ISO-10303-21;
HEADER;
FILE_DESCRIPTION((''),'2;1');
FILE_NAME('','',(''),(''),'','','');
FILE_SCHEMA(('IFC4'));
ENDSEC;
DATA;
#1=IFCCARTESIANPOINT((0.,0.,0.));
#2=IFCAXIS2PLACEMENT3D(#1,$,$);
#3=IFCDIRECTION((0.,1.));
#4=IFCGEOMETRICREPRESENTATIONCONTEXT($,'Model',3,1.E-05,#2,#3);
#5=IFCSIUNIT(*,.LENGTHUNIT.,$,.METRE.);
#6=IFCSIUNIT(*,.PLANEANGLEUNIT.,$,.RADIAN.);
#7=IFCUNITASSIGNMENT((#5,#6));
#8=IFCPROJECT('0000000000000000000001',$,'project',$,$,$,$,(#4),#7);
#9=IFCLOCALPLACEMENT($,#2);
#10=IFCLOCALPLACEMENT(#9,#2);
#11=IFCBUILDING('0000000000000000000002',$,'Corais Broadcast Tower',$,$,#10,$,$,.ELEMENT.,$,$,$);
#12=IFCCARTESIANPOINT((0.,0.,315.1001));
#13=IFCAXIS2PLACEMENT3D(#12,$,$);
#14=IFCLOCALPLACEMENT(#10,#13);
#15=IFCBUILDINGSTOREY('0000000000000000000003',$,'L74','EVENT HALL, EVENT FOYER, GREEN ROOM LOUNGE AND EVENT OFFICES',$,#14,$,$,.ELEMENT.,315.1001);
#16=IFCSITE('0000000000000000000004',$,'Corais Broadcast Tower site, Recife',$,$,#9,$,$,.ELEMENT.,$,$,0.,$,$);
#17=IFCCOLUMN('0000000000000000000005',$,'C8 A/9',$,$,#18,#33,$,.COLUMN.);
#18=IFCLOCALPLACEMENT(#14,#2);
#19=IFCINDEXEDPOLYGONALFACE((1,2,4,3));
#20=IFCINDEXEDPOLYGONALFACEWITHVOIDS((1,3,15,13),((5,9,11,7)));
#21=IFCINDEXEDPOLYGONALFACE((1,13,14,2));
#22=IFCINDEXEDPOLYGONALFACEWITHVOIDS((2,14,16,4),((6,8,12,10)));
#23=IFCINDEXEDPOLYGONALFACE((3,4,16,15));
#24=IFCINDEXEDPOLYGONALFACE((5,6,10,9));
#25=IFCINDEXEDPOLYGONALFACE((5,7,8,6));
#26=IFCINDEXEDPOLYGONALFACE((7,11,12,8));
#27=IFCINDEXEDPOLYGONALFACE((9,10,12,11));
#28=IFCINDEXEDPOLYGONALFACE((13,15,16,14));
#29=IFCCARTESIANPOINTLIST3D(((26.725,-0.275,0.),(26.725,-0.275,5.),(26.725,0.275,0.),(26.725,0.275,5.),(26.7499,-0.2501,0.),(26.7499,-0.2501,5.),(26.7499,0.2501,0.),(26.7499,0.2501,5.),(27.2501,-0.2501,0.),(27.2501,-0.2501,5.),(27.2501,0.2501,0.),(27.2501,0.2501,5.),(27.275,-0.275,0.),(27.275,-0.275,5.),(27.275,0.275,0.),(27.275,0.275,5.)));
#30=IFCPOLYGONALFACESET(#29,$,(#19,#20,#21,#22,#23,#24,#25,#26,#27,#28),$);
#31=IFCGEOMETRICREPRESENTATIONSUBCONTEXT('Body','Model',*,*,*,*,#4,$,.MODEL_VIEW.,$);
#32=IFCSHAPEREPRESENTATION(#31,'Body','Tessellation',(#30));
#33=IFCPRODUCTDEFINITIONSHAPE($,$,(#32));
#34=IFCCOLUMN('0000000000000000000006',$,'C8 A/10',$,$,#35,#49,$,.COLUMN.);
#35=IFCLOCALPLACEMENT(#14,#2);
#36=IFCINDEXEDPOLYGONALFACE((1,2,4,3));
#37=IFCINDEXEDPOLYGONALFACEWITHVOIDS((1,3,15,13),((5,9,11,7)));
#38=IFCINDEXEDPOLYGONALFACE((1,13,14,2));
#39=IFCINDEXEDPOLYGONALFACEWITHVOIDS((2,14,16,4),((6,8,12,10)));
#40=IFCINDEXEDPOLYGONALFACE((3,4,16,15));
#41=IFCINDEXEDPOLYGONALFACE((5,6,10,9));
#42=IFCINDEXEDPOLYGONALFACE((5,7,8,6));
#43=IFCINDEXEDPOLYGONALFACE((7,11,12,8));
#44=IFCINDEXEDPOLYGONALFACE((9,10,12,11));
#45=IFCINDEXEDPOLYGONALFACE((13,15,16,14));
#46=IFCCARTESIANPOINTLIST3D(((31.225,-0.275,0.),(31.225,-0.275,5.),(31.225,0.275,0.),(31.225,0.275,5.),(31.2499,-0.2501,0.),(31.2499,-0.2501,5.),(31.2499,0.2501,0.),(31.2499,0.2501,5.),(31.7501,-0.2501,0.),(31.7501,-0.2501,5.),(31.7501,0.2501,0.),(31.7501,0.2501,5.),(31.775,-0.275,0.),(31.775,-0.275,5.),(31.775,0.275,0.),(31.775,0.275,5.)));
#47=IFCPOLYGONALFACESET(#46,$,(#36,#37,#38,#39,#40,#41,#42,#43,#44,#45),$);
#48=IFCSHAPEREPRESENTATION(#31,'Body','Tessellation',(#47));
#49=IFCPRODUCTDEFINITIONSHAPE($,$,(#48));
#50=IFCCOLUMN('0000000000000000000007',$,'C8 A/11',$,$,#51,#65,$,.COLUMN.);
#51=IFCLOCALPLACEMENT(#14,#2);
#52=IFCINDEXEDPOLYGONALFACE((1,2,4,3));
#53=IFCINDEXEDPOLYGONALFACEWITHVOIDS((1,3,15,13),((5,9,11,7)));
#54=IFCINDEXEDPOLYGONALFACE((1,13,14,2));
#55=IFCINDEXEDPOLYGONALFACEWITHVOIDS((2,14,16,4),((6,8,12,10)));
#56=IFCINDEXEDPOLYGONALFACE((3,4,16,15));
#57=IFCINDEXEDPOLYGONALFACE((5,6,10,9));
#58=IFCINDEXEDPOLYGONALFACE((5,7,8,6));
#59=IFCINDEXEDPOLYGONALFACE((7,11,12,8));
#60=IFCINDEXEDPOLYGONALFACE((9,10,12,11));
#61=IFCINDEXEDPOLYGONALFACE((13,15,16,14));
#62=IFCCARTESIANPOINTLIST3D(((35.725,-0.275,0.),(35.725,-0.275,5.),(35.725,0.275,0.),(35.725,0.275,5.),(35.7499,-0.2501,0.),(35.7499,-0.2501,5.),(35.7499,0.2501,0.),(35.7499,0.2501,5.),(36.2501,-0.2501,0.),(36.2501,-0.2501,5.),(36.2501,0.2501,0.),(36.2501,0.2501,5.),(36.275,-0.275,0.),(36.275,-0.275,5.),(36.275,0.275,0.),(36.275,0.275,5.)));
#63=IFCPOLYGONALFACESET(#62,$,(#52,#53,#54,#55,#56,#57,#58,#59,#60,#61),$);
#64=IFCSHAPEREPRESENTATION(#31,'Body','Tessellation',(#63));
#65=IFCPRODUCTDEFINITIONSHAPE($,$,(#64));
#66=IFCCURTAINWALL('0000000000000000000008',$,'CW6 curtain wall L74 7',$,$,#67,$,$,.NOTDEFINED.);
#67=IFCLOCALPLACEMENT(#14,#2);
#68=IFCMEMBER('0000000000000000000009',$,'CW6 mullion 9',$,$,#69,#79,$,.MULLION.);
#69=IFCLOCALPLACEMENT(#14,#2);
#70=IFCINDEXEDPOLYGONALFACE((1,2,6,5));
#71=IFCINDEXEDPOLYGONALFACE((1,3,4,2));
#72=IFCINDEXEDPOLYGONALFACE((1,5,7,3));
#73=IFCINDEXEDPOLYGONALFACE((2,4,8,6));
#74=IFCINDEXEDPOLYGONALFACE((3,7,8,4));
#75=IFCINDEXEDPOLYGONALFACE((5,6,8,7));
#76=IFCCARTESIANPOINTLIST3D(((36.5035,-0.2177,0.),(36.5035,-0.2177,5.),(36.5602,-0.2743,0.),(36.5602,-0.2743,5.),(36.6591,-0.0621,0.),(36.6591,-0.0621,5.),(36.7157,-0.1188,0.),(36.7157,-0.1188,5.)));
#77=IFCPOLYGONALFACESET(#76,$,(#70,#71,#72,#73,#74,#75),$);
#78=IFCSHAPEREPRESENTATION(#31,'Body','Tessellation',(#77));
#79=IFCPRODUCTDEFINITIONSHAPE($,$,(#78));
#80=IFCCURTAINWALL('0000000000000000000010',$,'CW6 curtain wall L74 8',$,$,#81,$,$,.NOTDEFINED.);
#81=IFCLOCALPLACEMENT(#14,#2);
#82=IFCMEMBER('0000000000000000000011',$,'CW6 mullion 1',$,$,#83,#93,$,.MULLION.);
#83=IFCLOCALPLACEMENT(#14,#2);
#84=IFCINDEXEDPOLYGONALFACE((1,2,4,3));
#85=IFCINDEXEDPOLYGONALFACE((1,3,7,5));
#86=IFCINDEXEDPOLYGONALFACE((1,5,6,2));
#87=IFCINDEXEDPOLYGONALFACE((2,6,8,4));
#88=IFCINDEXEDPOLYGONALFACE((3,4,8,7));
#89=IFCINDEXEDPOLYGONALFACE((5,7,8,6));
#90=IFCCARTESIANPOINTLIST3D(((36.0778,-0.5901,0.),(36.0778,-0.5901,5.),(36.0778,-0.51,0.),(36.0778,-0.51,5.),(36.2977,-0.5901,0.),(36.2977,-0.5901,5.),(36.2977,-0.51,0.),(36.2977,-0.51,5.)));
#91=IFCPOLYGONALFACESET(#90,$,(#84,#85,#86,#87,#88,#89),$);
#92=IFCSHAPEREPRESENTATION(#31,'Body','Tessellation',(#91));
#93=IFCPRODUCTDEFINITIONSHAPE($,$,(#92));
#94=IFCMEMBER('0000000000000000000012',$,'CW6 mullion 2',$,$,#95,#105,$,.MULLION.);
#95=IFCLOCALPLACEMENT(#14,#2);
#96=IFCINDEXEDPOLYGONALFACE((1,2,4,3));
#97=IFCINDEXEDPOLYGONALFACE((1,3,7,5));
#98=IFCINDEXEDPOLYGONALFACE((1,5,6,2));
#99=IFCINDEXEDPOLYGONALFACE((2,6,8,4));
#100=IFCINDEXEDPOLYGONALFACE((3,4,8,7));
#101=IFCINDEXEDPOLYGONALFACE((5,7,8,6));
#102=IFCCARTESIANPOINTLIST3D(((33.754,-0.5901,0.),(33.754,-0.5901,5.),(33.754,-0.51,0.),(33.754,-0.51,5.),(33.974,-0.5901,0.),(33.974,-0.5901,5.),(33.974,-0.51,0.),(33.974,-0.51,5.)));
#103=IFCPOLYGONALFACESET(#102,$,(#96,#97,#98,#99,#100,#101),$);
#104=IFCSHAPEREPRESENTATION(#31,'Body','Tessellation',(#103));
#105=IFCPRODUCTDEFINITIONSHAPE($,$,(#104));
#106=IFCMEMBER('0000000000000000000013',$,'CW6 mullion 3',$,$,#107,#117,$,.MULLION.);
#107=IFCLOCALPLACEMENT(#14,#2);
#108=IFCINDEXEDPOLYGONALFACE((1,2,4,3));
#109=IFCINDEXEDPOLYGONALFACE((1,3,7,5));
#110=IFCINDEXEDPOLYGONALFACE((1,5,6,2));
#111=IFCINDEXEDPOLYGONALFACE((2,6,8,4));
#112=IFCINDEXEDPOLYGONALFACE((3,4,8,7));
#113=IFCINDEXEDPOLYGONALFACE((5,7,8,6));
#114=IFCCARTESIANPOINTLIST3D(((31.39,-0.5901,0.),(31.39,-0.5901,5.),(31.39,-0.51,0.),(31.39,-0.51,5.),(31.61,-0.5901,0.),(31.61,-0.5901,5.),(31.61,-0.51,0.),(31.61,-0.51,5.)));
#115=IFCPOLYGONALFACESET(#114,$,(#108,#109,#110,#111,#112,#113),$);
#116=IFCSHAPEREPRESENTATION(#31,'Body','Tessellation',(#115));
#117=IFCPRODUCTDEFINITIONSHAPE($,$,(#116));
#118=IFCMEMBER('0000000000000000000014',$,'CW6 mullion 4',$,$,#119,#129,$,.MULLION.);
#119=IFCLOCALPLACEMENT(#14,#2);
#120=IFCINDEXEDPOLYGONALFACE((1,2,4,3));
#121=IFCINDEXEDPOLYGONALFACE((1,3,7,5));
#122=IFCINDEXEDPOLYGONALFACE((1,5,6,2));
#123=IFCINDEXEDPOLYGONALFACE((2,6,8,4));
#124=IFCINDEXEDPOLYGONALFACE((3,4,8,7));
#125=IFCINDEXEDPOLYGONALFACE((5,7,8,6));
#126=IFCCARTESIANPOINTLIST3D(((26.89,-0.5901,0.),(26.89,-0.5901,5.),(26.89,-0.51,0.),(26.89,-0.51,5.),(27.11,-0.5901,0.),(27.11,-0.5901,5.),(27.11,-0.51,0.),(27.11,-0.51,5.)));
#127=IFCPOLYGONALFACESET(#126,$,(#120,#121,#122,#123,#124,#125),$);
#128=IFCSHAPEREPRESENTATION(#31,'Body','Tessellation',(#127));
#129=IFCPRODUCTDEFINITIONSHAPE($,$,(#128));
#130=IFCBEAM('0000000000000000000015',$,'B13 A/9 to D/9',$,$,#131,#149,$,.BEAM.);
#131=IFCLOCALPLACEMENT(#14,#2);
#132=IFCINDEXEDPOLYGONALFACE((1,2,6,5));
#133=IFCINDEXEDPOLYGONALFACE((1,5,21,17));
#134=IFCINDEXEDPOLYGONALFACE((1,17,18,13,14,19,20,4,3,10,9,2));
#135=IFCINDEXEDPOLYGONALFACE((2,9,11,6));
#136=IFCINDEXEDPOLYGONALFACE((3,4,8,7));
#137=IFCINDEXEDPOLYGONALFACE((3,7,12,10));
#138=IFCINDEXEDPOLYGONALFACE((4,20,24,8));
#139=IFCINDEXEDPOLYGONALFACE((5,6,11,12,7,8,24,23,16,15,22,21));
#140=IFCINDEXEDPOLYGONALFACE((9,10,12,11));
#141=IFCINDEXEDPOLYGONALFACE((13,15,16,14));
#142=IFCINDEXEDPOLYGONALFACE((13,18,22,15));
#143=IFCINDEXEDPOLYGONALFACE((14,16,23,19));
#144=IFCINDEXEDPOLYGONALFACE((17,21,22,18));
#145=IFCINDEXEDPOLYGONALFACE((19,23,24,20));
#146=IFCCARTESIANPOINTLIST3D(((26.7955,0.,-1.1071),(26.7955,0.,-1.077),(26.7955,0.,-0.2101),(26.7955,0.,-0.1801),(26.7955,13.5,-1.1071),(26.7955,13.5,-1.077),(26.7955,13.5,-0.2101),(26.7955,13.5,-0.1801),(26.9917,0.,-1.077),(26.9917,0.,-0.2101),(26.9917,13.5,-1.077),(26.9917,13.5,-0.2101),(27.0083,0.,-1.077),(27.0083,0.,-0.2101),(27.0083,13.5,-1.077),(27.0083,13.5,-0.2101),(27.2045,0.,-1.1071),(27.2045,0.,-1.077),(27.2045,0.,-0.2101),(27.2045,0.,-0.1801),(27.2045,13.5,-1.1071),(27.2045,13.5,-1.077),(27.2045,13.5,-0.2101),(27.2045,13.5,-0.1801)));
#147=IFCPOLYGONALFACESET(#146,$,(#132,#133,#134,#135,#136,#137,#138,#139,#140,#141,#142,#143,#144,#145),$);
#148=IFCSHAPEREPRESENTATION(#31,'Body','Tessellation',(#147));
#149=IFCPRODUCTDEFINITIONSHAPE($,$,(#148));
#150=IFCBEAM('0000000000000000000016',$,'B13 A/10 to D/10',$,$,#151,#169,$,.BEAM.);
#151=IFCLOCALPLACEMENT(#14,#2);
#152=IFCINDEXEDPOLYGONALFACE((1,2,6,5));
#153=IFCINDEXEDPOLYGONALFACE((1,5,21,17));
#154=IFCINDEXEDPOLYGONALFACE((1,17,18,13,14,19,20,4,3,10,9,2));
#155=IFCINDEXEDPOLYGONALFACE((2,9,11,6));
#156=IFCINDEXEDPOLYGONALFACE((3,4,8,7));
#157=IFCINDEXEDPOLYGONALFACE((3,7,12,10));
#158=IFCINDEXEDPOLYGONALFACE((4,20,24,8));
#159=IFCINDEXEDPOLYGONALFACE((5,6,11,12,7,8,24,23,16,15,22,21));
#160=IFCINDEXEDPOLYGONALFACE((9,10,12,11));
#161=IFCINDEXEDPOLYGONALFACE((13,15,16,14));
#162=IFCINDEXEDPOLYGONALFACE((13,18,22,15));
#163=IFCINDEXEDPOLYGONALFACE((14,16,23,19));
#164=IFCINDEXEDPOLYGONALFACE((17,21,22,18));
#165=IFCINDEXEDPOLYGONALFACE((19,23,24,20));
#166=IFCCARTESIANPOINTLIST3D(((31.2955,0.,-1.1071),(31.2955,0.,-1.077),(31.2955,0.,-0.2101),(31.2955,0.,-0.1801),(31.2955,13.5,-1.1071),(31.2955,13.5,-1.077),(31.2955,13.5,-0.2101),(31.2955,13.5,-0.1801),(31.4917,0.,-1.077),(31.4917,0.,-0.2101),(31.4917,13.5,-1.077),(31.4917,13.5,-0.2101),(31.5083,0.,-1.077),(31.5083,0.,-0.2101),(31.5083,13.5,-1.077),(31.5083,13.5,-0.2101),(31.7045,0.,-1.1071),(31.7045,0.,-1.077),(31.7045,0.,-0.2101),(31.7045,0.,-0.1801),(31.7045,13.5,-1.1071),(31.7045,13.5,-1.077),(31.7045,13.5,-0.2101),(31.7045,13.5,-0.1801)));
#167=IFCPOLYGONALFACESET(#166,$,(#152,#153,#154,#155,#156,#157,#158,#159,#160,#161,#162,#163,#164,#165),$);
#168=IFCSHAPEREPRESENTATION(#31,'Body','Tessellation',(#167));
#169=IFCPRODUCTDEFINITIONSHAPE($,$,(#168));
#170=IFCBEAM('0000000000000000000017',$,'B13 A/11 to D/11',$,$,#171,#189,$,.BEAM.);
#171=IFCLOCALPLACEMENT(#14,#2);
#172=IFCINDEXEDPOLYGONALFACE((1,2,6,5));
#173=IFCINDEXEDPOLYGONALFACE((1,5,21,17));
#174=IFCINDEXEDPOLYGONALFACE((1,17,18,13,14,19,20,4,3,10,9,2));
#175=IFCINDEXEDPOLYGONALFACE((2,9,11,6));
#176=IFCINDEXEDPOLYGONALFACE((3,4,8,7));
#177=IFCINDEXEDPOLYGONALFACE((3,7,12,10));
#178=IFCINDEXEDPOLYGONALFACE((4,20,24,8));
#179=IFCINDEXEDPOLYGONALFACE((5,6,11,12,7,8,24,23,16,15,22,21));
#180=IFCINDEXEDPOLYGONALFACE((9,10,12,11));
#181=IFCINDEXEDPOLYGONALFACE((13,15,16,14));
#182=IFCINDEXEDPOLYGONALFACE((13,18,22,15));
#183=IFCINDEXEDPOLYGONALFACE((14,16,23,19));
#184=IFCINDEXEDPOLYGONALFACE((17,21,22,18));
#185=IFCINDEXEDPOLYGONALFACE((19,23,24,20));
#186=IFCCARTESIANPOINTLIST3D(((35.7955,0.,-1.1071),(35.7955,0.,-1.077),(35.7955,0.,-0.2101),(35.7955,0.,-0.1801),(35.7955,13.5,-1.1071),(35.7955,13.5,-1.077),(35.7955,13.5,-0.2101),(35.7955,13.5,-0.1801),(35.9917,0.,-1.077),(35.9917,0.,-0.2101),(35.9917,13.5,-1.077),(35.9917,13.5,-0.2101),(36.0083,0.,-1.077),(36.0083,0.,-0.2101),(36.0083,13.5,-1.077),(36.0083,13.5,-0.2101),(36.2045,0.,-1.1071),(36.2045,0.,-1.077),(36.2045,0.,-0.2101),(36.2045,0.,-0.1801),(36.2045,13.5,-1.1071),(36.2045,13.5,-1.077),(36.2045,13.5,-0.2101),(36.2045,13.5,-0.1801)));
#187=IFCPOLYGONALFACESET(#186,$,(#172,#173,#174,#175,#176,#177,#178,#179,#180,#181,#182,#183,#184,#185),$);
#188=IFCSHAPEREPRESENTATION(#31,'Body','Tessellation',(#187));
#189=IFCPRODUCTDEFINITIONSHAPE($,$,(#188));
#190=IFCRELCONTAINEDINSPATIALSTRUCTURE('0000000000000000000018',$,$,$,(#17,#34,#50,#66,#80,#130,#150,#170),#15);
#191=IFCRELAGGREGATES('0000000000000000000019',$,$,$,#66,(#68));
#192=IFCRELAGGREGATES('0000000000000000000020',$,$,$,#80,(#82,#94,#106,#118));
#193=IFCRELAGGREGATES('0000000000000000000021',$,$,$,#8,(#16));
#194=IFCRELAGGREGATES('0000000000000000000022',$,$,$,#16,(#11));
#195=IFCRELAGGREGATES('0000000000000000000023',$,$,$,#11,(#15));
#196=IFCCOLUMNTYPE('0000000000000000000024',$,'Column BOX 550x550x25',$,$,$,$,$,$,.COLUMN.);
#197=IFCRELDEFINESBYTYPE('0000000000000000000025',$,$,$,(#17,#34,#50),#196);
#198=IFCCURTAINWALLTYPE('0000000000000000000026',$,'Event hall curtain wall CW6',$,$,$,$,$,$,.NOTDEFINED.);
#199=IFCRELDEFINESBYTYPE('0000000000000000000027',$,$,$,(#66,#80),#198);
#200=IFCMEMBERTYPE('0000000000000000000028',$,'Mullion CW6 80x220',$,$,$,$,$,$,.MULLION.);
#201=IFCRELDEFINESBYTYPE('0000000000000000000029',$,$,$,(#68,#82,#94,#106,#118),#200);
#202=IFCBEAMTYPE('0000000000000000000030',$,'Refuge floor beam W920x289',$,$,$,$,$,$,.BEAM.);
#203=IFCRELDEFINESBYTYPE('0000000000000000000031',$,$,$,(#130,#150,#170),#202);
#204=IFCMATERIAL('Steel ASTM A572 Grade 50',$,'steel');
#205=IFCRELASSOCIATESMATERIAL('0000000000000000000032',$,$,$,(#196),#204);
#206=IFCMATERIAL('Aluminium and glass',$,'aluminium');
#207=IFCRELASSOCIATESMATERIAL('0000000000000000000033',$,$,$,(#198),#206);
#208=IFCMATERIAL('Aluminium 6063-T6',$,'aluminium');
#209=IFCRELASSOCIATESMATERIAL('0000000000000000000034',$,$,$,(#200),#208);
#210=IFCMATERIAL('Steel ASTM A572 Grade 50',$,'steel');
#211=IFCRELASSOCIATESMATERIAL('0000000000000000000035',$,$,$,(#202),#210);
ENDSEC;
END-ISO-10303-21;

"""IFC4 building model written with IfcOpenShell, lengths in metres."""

from ifc_helpers import new_model, si_unit, direction, frame, origin, origin_2d, place, context, subcontext, project, spatial, rectangle, hollow_rectangle, i_section, extrude, material, material_profile, profile_set, type_object, element, aggregate, save


model = new_model("IFC4")

# Units and contexts
model_context = context("Model", 3, precision=1e-05, world=origin(), true_north=direction((0.0, 1.0)))
body_context = subcontext(model_context, "Body", "Model", "MODEL_VIEW")
ifc_project = project(units=[si_unit("LENGTHUNIT", "METRE"), si_unit("PLANEANGLEUNIT", "RADIAN")], contexts=[model_context])

# Site, building, storey
site_placement = place(None, origin())
site = spatial("IfcSite", under=ifc_project, at=site_placement, Name="Corais Broadcast Tower site, Recife", CompositionType="ELEMENT", RefElevation=0.0)
building_placement = place(site_placement, origin())
building = spatial("IfcBuilding", under=site, at=building_placement, Name="Corais Broadcast Tower", CompositionType="ELEMENT")
storey_placement = place(building_placement, frame((0.0, 0.0, 315.1001)))
storey = spatial("IfcBuildingStorey", under=building, at=storey_placement, Name="L74", Description="EVENT HALL, EVENT FOYER, GREEN ROOM LOUNGE AND EVENT OFFICES", CompositionType="ELEMENT", Elevation=315.1001)

# Columns
ifc_material_1 = material(Name="Steel ASTM A572 Grade 50", Category="steel")
ifc_material_profile_1 = material_profile(ifc_material_1, hollow_rectangle(XDim=0.55, YDim=0.55, WallThickness=0.0249, at=origin_2d()), Name="BOX 550x550x25")
ifc_profile_set_1 = profile_set([ifc_material_profile_1], Name="Steel ASTM A572 Grade 50")
column_type = type_object("IfcColumnType", Name="Column BOX 550x550x25", PredefinedType="COLUMN", material=ifc_profile_set_1)
for number, where, z_axis, x_axis, name in (
    (1, (27.0, 0.0, 0.0), (0.0, 0.0, 1.0), (1.0, 0.0, 0.0), "C8 A/9"),
    (2, (31.5, 0.0, 0.0), (0.0, 0.0, 1.0), (1.0, 0.0, 0.0), "C8 A/10"),
    (3, (36.0, 0.0, 0.0), (0.0, 0.0, 1.0), (1.0, 0.0, 0.0), "C8 A/11"),
):
    element("IfcColumn", number, at=place(storey_placement, frame(where, z_axis=z_axis, x_axis=x_axis)), inside=storey, type_object=column_type, Name=name, PredefinedType="COLUMN", context=body_context, shape_type="SweptSolid", body=[
        extrude(hollow_rectangle(XDim=0.55, YDim=0.55, WallThickness=0.0249, at=origin_2d()), origin(), (0.0, 0.0, 1.0), 5.0),
    ])

# Curtain wall, member
ifc_material_2 = material(Name="Aluminium and glass", Category="aluminium")
curtain_wall_type = type_object("IfcCurtainWallType", Name="Event hall curtain wall CW6", PredefinedType="NOTDEFINED", material=ifc_material_2)
curtain_wall_1_placement = place(storey_placement, origin())
curtain_wall_1 = element("IfcCurtainWall", 4, at=curtain_wall_1_placement, inside=storey, type_object=curtain_wall_type, Name="CW6 curtain wall L74 7", PredefinedType="NOTDEFINED")
ifc_material_3 = material(Name="Aluminium 6063-T6", Category="aluminium")
ifc_material_profile_2 = material_profile(ifc_material_3, rectangle(XDim=0.0801, YDim=0.22, at=origin_2d()), Name="Mullion CW6 80x220")
ifc_profile_set_2 = profile_set([ifc_material_profile_2], Name="Aluminium 6063-T6")
member_type_1 = type_object("IfcMemberType", Name="Mullion CW6 80x220", PredefinedType="MULLION", material=ifc_profile_set_2)
member_1_placement = place(storey_placement, frame((36.6096, -0.1682, 0.0), z_axis=(0.0, 0.0, 1.0), x_axis=(0.707107, -0.707107, 0.0)))
member_1 = element("IfcMember", 5, at=member_1_placement, type_object=member_type_1, Name="CW6 mullion 9", PredefinedType="MULLION", context=body_context, shape_type="SweptSolid", body=[
    extrude(rectangle(XDim=0.0801, YDim=0.22, at=origin_2d()), origin(), (0.0, 0.0, 1.0), 5.0),
])
aggregate(curtain_wall_1, [member_1])

# Curtain wall, members
curtain_wall_2_placement = place(storey_placement, origin())
curtain_wall_2 = element("IfcCurtainWall", 6, at=curtain_wall_2_placement, inside=storey, type_object=curtain_wall_type, Name="CW6 curtain wall L74 8", PredefinedType="NOTDEFINED")
member_2_placement = place(storey_placement, frame((36.1877, -0.55, 0.0), z_axis=(0.0, 0.0, 1.0), x_axis=(0.0, -1.0, 0.0)))
member_2 = element("IfcMember", 7, at=member_2_placement, type_object=member_type_1, Name="CW6 mullion 1", PredefinedType="MULLION", context=body_context, shape_type="SweptSolid", body=[
    extrude(rectangle(XDim=0.0801, YDim=0.22, at=origin_2d()), origin(), (0.0, 0.0, 1.0), 5.0),
])
member_3_placement = place(storey_placement, frame((33.864, -0.55, 0.0), z_axis=(0.0, 0.0, 1.0), x_axis=(0.0, -1.0, 0.0)))
member_3 = element("IfcMember", 8, at=member_3_placement, type_object=member_type_1, Name="CW6 mullion 2", PredefinedType="MULLION", context=body_context, shape_type="SweptSolid", body=[
    extrude(rectangle(XDim=0.0801, YDim=0.22, at=origin_2d()), origin(), (0.0, 0.0, 1.0), 5.0),
])
member_4_placement = place(storey_placement, frame((31.5, -0.55, 0.0), z_axis=(0.0, 0.0, 1.0), x_axis=(0.0, -1.0, 0.0)))
member_4 = element("IfcMember", 9, at=member_4_placement, type_object=member_type_1, Name="CW6 mullion 3", PredefinedType="MULLION", context=body_context, shape_type="SweptSolid", body=[
    extrude(rectangle(XDim=0.0801, YDim=0.22, at=origin_2d()), origin(), (0.0, 0.0, 1.0), 5.0),
])
member_5_placement = place(storey_placement, frame((27.0, -0.55, 0.0), z_axis=(0.0, 0.0, 1.0), x_axis=(0.0, -1.0, 0.0)))
member_5 = element("IfcMember", 10, at=member_5_placement, type_object=member_type_1, Name="CW6 mullion 4", PredefinedType="MULLION", context=body_context, shape_type="SweptSolid", body=[
    extrude(rectangle(XDim=0.0801, YDim=0.22, at=origin_2d()), origin(), (0.0, 0.0, 1.0), 5.0),
])

# Beams
ifc_material_4 = material(Name="Steel ASTM A572 Grade 50", Category="steel")
ifc_material_profile_3 = material_profile(ifc_material_4, i_section(OverallWidth=0.4089, OverallDepth=0.927, WebThickness=0.0166, FlangeThickness=0.03, at=origin_2d()), Name="W920x289")
ifc_profile_set_3 = profile_set([ifc_material_profile_3], Name="Steel ASTM A572 Grade 50")
beam_type_1 = type_object("IfcBeamType", Name="Refuge floor beam W920x289", PredefinedType="BEAM", material=ifc_profile_set_3)
for number, where, z_axis, x_axis, name in (
    (11, (27.0, 0.0, -0.6436), (0.0, 1.0, 0.0), (-1.0, 0.0, 0.0), "B13 A/9 to D/9"),
    (12, (31.5, 0.0, -0.6436), (0.0, 1.0, 0.0), (-1.0, 0.0, 0.0), "B13 A/10 to D/10"),
    (13, (36.0, 0.0, -0.6436), (0.0, 1.0, 0.0), (-1.0, 0.0, 0.0), "B13 A/11 to D/11"),
):
    element("IfcBeam", number, at=place(storey_placement, frame(where, z_axis=z_axis, x_axis=x_axis)), inside=storey, type_object=beam_type_1, Name=name, PredefinedType="BEAM", context=body_context, shape_type="SweptSolid", body=[
        extrude(i_section(OverallWidth=0.4089, OverallDepth=0.927, WebThickness=0.0166, FlangeThickness=0.03, at=origin_2d()), origin(), (0.0, 0.0, 1.0), 13.5),
    ])

aggregate(curtain_wall_2, [member_2, member_3, member_4, member_5])

save(model, "model.ifc")
